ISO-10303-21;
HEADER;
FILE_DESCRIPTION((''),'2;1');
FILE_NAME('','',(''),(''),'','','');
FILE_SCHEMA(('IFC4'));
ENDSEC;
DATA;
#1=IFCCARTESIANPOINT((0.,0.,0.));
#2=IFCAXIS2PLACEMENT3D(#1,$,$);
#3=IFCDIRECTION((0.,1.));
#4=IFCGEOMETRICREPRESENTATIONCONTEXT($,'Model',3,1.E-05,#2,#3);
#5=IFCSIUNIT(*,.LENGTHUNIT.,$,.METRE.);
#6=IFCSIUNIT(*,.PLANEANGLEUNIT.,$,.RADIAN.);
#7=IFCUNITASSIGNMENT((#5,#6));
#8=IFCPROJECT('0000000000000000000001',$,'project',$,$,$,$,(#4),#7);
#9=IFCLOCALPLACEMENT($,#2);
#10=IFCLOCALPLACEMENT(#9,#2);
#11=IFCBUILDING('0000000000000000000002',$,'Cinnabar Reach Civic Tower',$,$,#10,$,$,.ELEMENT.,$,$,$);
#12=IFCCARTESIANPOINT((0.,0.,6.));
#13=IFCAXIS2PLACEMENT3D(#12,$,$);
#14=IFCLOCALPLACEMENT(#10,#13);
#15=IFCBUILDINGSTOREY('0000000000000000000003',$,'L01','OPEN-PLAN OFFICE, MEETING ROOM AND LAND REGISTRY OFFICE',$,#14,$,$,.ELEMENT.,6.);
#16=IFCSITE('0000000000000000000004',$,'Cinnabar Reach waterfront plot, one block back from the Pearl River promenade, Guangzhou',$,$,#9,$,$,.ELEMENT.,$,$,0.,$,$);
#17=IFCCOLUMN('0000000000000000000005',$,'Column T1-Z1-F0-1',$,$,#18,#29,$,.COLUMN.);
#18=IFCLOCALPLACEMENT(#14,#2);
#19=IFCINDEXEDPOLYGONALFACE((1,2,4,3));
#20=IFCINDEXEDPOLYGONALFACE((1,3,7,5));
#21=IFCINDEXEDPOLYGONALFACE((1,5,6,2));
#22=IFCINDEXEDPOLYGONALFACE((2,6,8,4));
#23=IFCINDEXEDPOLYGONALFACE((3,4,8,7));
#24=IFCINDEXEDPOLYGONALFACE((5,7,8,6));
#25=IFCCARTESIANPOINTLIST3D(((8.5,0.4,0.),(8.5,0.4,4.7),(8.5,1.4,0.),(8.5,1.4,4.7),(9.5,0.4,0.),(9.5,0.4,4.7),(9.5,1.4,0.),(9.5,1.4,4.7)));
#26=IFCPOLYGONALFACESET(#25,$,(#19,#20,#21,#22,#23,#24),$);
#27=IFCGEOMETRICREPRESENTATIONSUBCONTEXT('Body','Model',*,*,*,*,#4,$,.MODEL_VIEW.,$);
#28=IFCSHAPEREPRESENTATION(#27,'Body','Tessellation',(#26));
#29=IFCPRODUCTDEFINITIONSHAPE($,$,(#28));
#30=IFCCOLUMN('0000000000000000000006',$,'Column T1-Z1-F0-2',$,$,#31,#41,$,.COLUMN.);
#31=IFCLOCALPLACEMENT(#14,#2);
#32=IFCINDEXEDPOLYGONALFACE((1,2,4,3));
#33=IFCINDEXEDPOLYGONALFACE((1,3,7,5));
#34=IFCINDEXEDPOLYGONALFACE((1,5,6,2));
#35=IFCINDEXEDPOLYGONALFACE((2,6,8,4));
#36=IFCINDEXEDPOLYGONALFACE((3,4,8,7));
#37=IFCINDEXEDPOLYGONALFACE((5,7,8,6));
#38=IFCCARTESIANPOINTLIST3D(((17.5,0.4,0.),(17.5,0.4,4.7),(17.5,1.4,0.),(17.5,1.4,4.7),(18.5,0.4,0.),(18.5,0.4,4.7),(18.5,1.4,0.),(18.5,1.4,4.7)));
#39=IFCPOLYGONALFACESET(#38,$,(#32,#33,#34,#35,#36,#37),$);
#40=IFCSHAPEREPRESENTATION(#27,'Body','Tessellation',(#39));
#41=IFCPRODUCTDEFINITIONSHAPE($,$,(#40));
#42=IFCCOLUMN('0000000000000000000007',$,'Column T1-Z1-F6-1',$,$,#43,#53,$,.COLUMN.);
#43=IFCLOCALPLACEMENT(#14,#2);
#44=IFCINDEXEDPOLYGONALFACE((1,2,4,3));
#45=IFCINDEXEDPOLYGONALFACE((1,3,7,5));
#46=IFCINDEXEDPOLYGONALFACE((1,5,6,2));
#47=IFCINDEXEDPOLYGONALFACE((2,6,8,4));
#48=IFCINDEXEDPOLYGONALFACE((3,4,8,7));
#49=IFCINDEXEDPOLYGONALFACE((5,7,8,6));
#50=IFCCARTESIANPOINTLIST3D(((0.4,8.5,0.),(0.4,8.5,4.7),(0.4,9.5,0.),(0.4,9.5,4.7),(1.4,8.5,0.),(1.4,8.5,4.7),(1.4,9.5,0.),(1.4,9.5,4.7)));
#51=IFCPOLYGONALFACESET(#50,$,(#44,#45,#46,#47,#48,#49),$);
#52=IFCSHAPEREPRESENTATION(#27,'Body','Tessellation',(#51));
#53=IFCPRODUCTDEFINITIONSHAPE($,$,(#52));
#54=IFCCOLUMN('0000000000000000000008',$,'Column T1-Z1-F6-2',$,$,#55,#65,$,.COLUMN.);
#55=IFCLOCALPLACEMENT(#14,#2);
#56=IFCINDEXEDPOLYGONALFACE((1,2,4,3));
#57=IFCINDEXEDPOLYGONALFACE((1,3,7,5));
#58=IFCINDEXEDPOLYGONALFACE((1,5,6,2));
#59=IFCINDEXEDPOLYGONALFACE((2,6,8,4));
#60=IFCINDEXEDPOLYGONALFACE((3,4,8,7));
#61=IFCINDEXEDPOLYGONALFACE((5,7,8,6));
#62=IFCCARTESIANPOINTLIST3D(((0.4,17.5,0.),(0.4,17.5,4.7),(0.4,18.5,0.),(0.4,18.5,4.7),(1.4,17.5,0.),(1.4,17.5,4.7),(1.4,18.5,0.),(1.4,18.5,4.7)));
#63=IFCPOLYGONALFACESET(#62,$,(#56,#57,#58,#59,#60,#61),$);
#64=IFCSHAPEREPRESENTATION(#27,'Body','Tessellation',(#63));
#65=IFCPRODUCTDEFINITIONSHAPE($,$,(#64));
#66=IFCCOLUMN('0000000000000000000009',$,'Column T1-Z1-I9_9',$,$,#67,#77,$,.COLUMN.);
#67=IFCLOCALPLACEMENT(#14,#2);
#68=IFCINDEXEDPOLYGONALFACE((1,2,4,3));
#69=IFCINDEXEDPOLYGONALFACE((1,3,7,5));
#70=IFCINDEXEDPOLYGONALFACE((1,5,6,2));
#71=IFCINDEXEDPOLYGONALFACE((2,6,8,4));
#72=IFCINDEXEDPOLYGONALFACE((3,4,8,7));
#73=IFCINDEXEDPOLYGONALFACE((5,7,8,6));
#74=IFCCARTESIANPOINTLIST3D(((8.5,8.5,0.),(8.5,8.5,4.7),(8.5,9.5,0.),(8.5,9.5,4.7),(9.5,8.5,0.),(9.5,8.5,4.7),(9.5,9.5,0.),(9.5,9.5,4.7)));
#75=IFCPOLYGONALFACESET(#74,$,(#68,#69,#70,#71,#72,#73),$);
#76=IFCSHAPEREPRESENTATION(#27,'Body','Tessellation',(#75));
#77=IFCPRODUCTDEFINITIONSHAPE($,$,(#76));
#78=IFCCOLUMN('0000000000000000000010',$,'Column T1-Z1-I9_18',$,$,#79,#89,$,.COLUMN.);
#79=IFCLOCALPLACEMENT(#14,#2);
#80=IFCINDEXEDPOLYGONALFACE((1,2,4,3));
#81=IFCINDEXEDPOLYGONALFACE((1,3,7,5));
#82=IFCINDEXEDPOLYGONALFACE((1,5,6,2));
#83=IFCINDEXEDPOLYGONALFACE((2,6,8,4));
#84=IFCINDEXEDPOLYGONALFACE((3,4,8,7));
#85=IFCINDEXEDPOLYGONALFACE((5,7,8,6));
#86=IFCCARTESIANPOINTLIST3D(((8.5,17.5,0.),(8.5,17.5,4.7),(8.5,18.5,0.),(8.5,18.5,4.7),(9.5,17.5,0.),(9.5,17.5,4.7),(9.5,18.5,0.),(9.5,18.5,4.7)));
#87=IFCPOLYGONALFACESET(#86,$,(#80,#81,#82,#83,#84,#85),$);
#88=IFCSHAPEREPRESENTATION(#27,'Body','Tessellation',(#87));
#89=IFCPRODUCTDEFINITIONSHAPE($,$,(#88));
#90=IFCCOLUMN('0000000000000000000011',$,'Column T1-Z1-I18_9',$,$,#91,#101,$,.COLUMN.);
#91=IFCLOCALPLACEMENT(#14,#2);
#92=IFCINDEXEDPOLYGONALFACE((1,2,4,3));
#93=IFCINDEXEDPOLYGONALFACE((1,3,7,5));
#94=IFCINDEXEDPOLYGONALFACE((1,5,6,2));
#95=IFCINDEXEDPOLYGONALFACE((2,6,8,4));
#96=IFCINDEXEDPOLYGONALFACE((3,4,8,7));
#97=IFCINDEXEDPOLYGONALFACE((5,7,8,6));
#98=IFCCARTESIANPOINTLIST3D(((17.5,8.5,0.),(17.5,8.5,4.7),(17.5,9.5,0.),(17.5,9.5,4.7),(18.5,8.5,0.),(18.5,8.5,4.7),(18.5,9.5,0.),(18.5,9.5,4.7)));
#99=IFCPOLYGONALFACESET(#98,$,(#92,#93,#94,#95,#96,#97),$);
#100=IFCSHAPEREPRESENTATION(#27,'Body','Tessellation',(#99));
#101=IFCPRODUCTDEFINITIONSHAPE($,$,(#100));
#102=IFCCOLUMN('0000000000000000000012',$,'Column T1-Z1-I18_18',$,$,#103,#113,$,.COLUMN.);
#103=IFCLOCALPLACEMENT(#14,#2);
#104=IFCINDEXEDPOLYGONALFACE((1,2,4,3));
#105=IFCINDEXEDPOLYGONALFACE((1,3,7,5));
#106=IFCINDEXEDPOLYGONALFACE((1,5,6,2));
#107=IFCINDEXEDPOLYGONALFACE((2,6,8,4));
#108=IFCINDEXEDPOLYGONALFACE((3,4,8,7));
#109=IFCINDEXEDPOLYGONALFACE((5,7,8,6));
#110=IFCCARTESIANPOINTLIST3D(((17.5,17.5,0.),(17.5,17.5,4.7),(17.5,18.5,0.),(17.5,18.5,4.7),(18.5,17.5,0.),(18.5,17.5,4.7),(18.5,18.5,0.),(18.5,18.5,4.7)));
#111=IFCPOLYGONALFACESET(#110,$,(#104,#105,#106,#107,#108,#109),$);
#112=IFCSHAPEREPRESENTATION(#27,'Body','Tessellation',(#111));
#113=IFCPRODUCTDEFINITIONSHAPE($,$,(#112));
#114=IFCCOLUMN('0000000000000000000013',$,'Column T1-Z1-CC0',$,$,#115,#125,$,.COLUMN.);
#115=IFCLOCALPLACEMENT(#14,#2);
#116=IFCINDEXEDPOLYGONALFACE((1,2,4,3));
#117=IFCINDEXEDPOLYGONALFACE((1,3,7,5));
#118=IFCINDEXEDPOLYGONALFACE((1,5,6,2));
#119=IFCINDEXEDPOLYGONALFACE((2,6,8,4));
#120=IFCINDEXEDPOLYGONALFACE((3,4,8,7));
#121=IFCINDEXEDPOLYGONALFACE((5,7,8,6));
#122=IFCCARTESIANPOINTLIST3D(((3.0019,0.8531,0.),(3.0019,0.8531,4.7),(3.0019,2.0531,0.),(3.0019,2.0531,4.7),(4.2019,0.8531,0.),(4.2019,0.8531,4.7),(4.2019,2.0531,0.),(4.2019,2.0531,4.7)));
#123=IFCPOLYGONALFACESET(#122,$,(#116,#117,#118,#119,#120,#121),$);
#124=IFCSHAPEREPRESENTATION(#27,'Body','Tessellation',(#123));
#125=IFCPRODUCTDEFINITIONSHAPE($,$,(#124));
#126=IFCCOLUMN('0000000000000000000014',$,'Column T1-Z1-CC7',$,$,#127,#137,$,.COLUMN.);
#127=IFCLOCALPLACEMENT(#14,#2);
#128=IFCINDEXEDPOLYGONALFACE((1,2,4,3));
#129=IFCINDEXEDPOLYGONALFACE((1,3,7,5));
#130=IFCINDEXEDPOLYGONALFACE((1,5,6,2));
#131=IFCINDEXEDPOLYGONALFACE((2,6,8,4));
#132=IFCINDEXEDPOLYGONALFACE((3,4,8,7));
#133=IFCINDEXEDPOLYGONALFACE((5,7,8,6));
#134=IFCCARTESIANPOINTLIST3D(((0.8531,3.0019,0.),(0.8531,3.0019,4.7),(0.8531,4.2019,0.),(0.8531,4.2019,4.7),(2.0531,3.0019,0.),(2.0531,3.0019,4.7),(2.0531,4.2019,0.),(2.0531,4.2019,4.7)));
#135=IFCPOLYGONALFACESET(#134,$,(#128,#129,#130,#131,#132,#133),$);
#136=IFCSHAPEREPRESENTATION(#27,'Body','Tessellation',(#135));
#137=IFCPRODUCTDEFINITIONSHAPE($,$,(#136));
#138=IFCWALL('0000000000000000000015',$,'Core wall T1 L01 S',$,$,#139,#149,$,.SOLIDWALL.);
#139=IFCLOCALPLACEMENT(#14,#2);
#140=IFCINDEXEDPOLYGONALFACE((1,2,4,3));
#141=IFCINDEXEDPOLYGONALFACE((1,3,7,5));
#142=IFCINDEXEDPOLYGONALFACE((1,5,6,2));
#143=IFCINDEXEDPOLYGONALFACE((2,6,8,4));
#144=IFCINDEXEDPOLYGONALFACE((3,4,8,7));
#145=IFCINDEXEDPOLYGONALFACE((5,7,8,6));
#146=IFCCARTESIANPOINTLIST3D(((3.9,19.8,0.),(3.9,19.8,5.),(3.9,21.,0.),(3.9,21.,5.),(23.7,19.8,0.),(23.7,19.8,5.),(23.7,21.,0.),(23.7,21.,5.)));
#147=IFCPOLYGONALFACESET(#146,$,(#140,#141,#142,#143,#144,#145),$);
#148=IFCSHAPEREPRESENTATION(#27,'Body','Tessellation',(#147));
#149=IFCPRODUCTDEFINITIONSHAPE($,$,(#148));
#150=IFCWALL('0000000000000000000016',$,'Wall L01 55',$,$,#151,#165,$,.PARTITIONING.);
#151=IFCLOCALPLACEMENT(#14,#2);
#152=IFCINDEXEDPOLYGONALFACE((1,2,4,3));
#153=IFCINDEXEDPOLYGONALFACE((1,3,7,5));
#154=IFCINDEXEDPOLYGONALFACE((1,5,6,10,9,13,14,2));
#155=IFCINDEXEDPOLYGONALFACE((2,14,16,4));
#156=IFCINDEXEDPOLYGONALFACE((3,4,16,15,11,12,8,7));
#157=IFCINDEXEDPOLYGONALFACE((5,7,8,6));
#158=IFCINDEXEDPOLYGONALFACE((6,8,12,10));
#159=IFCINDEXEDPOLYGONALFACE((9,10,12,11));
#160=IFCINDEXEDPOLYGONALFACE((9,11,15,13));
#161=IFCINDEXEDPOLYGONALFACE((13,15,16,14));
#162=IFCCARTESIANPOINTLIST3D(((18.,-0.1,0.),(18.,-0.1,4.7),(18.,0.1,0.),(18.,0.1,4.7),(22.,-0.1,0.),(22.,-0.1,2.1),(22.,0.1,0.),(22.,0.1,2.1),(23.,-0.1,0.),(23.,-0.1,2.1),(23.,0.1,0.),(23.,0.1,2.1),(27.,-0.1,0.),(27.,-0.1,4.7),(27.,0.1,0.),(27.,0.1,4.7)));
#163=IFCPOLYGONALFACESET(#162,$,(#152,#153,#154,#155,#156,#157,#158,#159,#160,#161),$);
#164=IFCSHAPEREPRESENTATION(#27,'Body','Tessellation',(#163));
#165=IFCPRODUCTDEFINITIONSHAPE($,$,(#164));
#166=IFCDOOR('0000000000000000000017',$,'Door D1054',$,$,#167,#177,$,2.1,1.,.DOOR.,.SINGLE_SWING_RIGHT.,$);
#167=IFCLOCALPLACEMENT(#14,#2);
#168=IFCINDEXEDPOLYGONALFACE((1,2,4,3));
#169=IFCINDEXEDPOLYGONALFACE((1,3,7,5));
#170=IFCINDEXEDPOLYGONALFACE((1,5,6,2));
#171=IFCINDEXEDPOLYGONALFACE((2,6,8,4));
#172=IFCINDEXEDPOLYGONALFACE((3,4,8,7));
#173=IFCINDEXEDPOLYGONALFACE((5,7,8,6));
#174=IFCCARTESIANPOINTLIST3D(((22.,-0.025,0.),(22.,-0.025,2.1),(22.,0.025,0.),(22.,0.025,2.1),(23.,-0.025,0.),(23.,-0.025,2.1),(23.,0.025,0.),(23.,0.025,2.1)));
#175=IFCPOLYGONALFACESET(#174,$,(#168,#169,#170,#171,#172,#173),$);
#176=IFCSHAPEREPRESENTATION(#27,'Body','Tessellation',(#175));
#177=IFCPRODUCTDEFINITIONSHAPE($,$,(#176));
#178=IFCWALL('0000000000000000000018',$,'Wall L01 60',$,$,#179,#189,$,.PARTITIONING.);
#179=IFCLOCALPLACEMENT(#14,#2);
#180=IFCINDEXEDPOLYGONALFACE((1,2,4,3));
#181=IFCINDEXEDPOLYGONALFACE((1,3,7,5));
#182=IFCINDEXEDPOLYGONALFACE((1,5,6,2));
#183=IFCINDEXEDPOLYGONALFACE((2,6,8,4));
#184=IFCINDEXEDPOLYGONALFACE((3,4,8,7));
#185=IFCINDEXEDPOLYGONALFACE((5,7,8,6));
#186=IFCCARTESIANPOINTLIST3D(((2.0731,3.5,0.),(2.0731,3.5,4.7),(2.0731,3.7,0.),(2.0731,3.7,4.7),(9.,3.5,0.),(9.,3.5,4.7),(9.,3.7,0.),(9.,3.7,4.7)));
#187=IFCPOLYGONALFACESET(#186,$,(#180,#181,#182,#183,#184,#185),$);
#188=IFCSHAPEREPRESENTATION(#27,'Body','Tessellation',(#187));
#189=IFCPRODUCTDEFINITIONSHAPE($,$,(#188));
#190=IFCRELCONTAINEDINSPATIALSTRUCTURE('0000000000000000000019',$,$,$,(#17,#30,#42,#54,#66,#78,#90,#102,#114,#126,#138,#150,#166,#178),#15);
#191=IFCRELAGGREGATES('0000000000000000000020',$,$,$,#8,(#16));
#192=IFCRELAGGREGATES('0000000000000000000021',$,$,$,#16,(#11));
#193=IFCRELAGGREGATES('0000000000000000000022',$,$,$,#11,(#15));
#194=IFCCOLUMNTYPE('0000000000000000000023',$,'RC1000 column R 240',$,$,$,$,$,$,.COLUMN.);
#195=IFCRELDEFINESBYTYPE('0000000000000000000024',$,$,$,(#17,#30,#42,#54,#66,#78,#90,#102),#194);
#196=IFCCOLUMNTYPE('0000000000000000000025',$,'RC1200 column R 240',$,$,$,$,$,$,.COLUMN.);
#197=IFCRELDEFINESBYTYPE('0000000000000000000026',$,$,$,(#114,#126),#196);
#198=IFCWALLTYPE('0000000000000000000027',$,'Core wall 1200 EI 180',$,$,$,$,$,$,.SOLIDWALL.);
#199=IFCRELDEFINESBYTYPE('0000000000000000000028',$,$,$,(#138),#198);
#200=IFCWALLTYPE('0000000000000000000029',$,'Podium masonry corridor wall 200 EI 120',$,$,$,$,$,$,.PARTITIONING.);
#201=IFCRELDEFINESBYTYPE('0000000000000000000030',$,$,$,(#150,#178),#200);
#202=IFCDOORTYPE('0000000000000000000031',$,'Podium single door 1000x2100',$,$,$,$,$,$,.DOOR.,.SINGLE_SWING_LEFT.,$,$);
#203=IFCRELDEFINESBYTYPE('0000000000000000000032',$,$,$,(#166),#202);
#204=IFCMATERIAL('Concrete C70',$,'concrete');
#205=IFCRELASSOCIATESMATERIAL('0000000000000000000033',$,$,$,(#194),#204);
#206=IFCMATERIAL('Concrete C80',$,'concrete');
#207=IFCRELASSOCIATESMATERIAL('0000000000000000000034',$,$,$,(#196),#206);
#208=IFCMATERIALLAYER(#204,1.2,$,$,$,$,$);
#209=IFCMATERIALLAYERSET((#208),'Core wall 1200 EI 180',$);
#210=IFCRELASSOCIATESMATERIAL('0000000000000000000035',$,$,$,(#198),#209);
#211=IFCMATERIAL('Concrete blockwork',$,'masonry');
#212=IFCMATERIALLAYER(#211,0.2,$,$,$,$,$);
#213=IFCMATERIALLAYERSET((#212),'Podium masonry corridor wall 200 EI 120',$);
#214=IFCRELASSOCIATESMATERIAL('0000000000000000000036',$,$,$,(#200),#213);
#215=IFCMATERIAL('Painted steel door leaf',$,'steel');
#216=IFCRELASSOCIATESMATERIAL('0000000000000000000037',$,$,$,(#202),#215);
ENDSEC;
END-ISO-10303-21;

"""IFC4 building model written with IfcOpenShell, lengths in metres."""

from ifc_helpers import new_model, si_unit, direction, frame, frame_2d, origin, origin_2d, place, context, subcontext, project, spatial, rectangle, extrude, material, layer, layer_set, material_profile, profile_set, type_object, element, fill, save


model = new_model("IFC4")

# Units and contexts
model_context = context("Model", 3, precision=1e-05, world=origin(), true_north=direction((0.0, 1.0)))
body_context = subcontext(model_context, "Body", "Model", "MODEL_VIEW")
ifc_project = project(units=[si_unit("LENGTHUNIT", "METRE"), si_unit("PLANEANGLEUNIT", "RADIAN")], contexts=[model_context])

# Site, building, storey
site_placement = place(None, origin())
site = spatial("IfcSite", under=ifc_project, at=site_placement, Name="Cinnabar Reach waterfront plot, one block back from the Pearl River promenade, Guangzhou", CompositionType="ELEMENT", RefElevation=0.0)
building_placement = place(site_placement, origin())
building = spatial("IfcBuilding", under=site, at=building_placement, Name="Cinnabar Reach Civic Tower", CompositionType="ELEMENT")
storey_placement = place(building_placement, frame((0.0, 0.0, 6.0)))
storey = spatial("IfcBuildingStorey", under=building, at=storey_placement, Name="L01", Description="OPEN-PLAN OFFICE, MEETING ROOM AND LAND REGISTRY OFFICE", CompositionType="ELEMENT", Elevation=6.0)

# Columns
ifc_material_1 = material(Name="Concrete C70", Category="concrete")
ifc_material_profile_1 = material_profile(ifc_material_1, rectangle(XDim=1.0, YDim=1.0, at=origin_2d()), Name="RC1000")
ifc_profile_set_1 = profile_set([ifc_material_profile_1], Name="Concrete C70")
column_type_1 = type_object("IfcColumnType", Name="RC1000 column R 240", PredefinedType="COLUMN", material=ifc_profile_set_1)
for number, where, z_axis, x_axis, name in (
    (1, (9.0, 0.9, 0.0), (0.0, 0.0, 1.0), (1.0, 0.0, 0.0), "Column T1-Z1-F0-1"),
    (2, (18.0, 0.9, 0.0), (0.0, 0.0, 1.0), (1.0, 0.0, 0.0), "Column T1-Z1-F0-2"),
    (3, (0.9, 9.0, 0.0), (0.0, 0.0, 1.0), (1.0, 0.0, 0.0), "Column T1-Z1-F6-1"),
    (4, (0.9, 18.0, 0.0), (0.0, 0.0, 1.0), (1.0, 0.0, 0.0), "Column T1-Z1-F6-2"),
    (5, (9.0, 9.0, 0.0), (0.0, 0.0, 1.0), (1.0, 0.0, 0.0), "Column T1-Z1-I9_9"),
    (6, (9.0, 18.0, 0.0), (0.0, 0.0, 1.0), (1.0, 0.0, 0.0), "Column T1-Z1-I9_18"),
    (7, (18.0, 9.0, 0.0), (0.0, 0.0, 1.0), (1.0, 0.0, 0.0), "Column T1-Z1-I18_9"),
    (8, (18.0, 18.0, 0.0), (0.0, 0.0, 1.0), (1.0, 0.0, 0.0), "Column T1-Z1-I18_18"),
):
    element("IfcColumn", number, at=place(storey_placement, frame(where, z_axis=z_axis, x_axis=x_axis)), inside=storey, type_object=column_type_1, Name=name, PredefinedType="COLUMN", context=body_context, shape_type="SweptSolid", body=[
        extrude(rectangle(XDim=1.0, YDim=1.0, at=origin_2d()), origin(), (0.0, 0.0, 1.0), 4.7),
    ])
ifc_material_2 = material(Name="Concrete C80", Category="concrete")
ifc_material_profile_2 = material_profile(ifc_material_2, rectangle(XDim=1.2, YDim=1.2, at=origin_2d()), Name="RC1200")
ifc_profile_set_2 = profile_set([ifc_material_profile_2], Name="Concrete C80")
column_type_2 = type_object("IfcColumnType", Name="RC1200 column R 240", PredefinedType="COLUMN", material=ifc_profile_set_2)
for number, where, z_axis, x_axis, name in (
    (9, (3.6019, 1.4531, 0.0), (0.0, 0.0, 1.0), (1.0, 0.0, 0.0), "Column T1-Z1-CC0"),
    (10, (1.4531, 3.6019, 0.0), (0.0, 0.0, 1.0), (1.0, 0.0, 0.0), "Column T1-Z1-CC7"),
):
    element("IfcColumn", number, at=place(storey_placement, frame(where, z_axis=z_axis, x_axis=x_axis)), inside=storey, type_object=column_type_2, Name=name, PredefinedType="COLUMN", context=body_context, shape_type="SweptSolid", body=[
        extrude(rectangle(XDim=1.2, YDim=1.2, at=origin_2d()), origin(), (0.0, 0.0, 1.0), 4.7),
    ])

# Wall
ifc_layer_1 = layer(ifc_material_1, 1.2)
ifc_layer_set_1 = layer_set([ifc_layer_1], Name="Core wall 1200 EI 180")
wall_type_1 = type_object("IfcWallType", Name="Core wall 1200 EI 180", PredefinedType="SOLIDWALL", material=ifc_layer_set_1)
wall_1_placement = place(storey_placement, frame((3.9, 20.4, 0.0), z_axis=(0.0, 0.0, 1.0), x_axis=(1.0, 0.0, 0.0)))
element("IfcWall", 11, at=wall_1_placement, inside=storey, type_object=wall_type_1, Name="Core wall T1 L01 S", PredefinedType="SOLIDWALL", context=body_context, shape_type="SweptSolid", body=[
    extrude(rectangle(XDim=19.8, YDim=1.2, at=frame_2d((9.9, 0.0))), origin(), (0.0, 0.0, 1.0), 5.0),
])

# Wall, opening, door
ifc_material_3 = material(Name="Concrete blockwork", Category="masonry")
ifc_layer_2 = layer(ifc_material_3, 0.2)
ifc_layer_set_2 = layer_set([ifc_layer_2], Name="Podium masonry corridor wall 200 EI 120")
wall_type_2 = type_object("IfcWallType", Name="Podium masonry corridor wall 200 EI 120", PredefinedType="PARTITIONING", material=ifc_layer_set_2)
wall_2_placement = place(storey_placement, frame((18.0, 0.0, 0.0), z_axis=(0.0, 0.0, 1.0), x_axis=(1.0, 0.0, 0.0)))
wall_2 = element("IfcWall", 12, at=wall_2_placement, inside=storey, type_object=wall_type_2, Name="Wall L01 55", PredefinedType="PARTITIONING", context=body_context, shape_type="SweptSolid", body=[
    extrude(rectangle(XDim=9.0, YDim=0.2, at=frame_2d((4.5, 0.0))), origin(), (0.0, 0.0, 1.0), 4.7),
])
opening_1_placement = place(wall_2_placement, frame((4.0, 0.0, 0.0)))
opening_1 = element("IfcOpeningElement", 13, at=opening_1_placement, cuts=wall_2, PredefinedType="OPENING", context=body_context, shape_type="SweptSolid", body=[
    extrude(rectangle(XDim=1.0, YDim=2.1, at=frame_2d((0.5, 1.05))), frame((0.0, 0.11, 0.0), z_axis=(0.0, -1.0, 0.0), x_axis=(1.0, 0.0, 0.0)), (0.0, 0.0, 1.0), 0.22),
])
ifc_material_4 = material(Name="Painted steel door leaf", Category="steel")
door_type_1 = type_object("IfcDoorType", Name="Podium single door 1000x2100", OperationType="SINGLE_SWING_LEFT", PredefinedType="DOOR", material=ifc_material_4)
door_1_placement = place(opening_1_placement, frame((1.0, 0.0, 0.0), z_axis=(0.0, 0.0, 1.0), x_axis=(-1.0, 0.0, 0.0)))
door_1 = element("IfcDoor", 14, at=door_1_placement, inside=storey, type_object=door_type_1, Name="Door D1054", OperationType="SINGLE_SWING_RIGHT", OverallHeight=2.1, OverallWidth=1.0, PredefinedType="DOOR", context=body_context, shape_type="SweptSolid", body=[
    extrude(rectangle(XDim=1.0, YDim=2.1, at=frame_2d((0.5, 1.05))), frame((0.0, 0.025, 0.0), z_axis=(0.0, -1.0, 0.0), x_axis=(1.0, 0.0, 0.0)), (0.0, 0.0, 1.0), 0.05),
])
fill(opening_1, door_1)

# Wall
wall_3_placement = place(storey_placement, frame((2.0731, 3.6, 0.0), z_axis=(0.0, 0.0, 1.0), x_axis=(1.0, 0.0, 0.0)))
element("IfcWall", 15, at=wall_3_placement, inside=storey, type_object=wall_type_2, Name="Wall L01 60", PredefinedType="PARTITIONING", context=body_context, shape_type="SweptSolid", body=[
    extrude(rectangle(XDim=6.9269, YDim=0.2, at=frame_2d((3.4634, 0.0))), origin(), (0.0, 0.0, 1.0), 4.7),
])

save(model, "model.ifc")
